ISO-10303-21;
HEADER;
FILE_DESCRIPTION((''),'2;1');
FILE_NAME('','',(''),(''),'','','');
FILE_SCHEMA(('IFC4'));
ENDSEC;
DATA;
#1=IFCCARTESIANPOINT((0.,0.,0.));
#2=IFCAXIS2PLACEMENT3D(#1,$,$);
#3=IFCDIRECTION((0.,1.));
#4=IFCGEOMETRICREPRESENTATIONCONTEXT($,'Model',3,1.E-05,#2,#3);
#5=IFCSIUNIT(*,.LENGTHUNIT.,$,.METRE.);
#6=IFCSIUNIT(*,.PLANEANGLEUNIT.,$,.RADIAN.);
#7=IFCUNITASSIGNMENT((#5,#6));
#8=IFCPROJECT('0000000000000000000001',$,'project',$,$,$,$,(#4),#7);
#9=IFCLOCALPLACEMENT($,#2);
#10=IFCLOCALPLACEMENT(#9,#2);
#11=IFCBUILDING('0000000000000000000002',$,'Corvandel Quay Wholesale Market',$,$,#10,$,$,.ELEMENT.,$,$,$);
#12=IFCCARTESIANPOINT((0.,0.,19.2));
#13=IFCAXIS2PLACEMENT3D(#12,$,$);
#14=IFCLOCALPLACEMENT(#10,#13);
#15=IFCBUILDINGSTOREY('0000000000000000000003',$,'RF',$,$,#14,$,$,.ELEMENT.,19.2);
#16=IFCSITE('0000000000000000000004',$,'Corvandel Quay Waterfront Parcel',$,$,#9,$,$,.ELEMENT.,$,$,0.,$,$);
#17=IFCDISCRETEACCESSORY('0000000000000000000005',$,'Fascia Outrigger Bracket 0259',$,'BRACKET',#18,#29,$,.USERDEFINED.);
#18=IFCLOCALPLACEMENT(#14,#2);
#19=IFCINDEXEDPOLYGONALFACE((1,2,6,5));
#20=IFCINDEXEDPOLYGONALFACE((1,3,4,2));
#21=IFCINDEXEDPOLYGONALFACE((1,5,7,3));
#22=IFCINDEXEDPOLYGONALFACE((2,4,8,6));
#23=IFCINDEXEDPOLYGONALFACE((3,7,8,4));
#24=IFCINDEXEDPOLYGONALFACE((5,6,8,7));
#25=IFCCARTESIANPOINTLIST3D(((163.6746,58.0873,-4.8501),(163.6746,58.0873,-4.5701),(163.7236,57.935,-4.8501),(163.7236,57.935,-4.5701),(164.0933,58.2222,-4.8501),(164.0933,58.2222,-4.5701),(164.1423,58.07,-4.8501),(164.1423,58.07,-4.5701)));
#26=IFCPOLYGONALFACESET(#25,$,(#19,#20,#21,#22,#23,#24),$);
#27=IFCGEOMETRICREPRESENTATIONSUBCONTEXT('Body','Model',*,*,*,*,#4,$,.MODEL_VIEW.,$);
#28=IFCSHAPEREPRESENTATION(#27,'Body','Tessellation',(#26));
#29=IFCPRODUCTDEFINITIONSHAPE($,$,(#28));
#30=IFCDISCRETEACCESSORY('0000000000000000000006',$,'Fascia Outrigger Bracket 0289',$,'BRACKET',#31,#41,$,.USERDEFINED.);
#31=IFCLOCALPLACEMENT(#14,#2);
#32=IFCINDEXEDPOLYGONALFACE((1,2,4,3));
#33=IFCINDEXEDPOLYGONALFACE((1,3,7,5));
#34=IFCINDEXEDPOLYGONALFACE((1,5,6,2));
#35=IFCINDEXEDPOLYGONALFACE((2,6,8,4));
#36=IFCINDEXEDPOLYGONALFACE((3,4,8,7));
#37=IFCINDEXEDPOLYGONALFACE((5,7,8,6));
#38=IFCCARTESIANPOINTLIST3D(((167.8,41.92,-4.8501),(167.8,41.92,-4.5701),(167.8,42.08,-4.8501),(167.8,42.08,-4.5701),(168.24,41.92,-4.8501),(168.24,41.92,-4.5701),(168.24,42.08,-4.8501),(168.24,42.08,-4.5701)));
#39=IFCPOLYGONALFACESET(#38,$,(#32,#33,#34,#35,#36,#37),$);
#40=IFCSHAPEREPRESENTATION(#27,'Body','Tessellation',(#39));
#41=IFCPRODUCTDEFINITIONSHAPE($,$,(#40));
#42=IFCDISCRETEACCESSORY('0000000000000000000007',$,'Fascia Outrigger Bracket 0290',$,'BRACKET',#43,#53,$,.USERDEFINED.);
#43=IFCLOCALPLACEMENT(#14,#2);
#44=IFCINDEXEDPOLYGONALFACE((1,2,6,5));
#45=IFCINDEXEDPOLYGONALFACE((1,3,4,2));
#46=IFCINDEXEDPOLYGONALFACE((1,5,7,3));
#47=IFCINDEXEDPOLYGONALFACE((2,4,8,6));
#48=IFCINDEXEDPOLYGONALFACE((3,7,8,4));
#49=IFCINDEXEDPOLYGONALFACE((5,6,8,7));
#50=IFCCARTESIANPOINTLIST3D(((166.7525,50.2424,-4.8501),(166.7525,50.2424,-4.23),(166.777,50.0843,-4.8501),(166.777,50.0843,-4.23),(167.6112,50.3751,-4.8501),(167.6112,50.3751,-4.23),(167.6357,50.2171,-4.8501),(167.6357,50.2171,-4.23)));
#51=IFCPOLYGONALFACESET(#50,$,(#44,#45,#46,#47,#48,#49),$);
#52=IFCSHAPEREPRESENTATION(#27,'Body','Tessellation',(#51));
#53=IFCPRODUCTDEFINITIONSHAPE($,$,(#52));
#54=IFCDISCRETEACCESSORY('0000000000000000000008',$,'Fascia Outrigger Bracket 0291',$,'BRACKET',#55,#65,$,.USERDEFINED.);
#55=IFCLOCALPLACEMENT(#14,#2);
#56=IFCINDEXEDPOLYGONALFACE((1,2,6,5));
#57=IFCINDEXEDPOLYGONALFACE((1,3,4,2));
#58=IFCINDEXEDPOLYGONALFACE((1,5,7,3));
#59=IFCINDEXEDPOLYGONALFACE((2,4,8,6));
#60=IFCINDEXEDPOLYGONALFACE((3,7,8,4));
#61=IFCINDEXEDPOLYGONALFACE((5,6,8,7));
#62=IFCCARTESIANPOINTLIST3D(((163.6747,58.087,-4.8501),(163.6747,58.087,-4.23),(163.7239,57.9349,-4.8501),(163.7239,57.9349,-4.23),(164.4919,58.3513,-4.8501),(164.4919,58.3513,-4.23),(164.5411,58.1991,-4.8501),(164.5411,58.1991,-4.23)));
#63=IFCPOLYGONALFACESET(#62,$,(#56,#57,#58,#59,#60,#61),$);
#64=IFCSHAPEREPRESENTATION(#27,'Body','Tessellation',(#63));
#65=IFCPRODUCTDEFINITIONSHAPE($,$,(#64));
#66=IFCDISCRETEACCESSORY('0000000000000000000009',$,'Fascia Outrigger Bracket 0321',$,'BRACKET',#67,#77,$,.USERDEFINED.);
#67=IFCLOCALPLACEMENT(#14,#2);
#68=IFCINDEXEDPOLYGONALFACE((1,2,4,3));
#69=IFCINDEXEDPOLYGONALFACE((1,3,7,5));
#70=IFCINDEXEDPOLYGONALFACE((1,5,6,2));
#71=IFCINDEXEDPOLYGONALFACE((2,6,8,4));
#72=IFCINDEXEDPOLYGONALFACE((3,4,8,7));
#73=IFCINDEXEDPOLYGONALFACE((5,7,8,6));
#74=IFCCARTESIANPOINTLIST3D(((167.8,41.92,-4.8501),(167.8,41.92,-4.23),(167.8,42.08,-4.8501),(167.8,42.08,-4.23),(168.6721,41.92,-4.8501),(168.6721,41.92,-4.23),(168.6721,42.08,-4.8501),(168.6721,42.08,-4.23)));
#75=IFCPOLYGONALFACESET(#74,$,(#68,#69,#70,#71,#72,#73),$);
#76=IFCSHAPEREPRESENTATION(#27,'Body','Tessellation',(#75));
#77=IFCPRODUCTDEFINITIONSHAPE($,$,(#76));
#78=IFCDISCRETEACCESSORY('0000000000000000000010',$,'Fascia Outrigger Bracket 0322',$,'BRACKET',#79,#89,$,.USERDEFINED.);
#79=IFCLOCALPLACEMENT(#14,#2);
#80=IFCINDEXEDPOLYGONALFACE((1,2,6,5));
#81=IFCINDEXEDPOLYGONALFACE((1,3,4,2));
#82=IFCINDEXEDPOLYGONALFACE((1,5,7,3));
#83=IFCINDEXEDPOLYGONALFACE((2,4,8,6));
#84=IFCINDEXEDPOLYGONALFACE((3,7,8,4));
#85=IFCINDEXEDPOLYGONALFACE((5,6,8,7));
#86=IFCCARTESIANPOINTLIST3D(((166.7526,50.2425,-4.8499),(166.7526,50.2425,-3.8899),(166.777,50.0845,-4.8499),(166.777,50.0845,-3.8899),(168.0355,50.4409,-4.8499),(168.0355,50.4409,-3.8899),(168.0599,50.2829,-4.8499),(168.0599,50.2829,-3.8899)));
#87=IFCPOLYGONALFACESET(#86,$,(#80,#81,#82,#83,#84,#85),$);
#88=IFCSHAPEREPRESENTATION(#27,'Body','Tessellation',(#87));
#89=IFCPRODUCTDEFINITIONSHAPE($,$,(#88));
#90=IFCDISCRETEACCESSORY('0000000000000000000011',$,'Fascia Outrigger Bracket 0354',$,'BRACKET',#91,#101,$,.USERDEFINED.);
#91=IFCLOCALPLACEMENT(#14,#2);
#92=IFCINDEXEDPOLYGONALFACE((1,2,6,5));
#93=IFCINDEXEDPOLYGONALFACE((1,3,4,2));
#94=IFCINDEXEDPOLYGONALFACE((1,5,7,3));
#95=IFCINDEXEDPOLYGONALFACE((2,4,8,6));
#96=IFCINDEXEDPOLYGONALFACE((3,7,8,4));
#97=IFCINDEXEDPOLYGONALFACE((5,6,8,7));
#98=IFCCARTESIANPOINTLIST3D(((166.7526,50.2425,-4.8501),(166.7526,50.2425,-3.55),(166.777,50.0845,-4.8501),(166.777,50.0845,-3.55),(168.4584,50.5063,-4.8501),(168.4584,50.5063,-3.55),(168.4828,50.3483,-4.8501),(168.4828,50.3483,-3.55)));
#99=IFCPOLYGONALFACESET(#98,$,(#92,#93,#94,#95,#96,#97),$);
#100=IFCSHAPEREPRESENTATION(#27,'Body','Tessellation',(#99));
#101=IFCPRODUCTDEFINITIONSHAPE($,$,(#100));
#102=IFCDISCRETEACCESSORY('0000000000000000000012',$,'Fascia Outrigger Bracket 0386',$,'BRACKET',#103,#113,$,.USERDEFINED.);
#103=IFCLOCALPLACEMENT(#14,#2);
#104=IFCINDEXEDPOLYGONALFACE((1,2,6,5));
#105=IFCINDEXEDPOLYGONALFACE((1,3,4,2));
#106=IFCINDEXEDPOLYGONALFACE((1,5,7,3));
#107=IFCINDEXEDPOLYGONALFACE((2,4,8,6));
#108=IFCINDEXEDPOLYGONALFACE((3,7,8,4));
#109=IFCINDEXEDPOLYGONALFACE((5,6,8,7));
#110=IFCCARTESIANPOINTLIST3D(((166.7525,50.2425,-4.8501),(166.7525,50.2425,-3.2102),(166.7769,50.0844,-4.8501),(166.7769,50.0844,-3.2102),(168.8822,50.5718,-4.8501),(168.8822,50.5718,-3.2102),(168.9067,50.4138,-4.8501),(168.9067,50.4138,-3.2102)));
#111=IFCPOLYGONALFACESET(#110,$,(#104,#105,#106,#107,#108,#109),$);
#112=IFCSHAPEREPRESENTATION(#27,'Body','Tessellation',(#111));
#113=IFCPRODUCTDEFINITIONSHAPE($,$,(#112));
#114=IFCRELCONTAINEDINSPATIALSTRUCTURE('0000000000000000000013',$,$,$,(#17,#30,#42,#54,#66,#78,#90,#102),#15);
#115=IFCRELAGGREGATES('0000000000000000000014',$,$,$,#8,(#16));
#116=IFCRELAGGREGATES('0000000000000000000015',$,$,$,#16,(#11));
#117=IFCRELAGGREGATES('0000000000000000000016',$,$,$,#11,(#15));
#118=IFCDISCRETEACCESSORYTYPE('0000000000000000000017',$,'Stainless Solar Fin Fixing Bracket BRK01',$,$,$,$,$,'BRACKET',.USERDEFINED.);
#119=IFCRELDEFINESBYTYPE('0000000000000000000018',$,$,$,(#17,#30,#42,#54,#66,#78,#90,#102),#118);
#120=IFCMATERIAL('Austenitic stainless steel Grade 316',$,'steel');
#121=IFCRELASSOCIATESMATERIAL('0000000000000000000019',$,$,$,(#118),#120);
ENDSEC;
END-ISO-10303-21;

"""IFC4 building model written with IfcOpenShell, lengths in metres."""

from ifc_helpers import new_model, si_unit, direction, frame, origin, origin_2d, place, context, subcontext, project, spatial, rectangle, extrude, material, type_object, element, save


model = new_model("IFC4")

# Units and contexts
model_context = context("Model", 3, precision=1e-05, world=origin(), true_north=direction((0.0, 1.0)))
body_context = subcontext(model_context, "Body", "Model", "MODEL_VIEW")
ifc_project = project(units=[si_unit("LENGTHUNIT", "METRE"), si_unit("PLANEANGLEUNIT", "RADIAN")], contexts=[model_context])

# Site, building, storey
site_placement = place(None, origin())
site = spatial("IfcSite", under=ifc_project, at=site_placement, Name="Corvandel Quay Waterfront Parcel", CompositionType="ELEMENT", RefElevation=0.0)
building_placement = place(site_placement, origin())
building = spatial("IfcBuilding", under=site, at=building_placement, Name="Corvandel Quay Wholesale Market", CompositionType="ELEMENT")
storey_placement = place(building_placement, frame((0.0, 0.0, 19.2)))
storey = spatial("IfcBuildingStorey", under=building, at=storey_placement, Name="RF", CompositionType="ELEMENT", Elevation=19.2)

# Discrete accessories
ifc_material_1 = material(Name="Austenitic stainless steel Grade 316", Category="steel")
discrete_accessory_type = type_object("IfcDiscreteAccessoryType", Name="Stainless Solar Fin Fixing Bracket BRK01", ElementType="BRACKET", PredefinedType="USERDEFINED", material=ifc_material_1)
for number, where, z_axis, x_axis, name in (
    (1, (163.9084, 58.0786, -4.8501), (0.0, 0.0, 1.0), (0.951809, 0.306692, 0.0), "Fascia Outrigger Bracket 0259"),
    (2, (168.02, 42.0, -4.8501), (0.0, 0.0, 1.0), (1.0, 0.0, 0.0), "Fascia Outrigger Bracket 0289"),
):
    element("IfcDiscreteAccessory", number, at=place(storey_placement, frame(where, z_axis=z_axis, x_axis=x_axis)), inside=storey, type_object=discrete_accessory_type, Name=name, ObjectType="BRACKET", PredefinedType="USERDEFINED", context=body_context, shape_type="SweptSolid", body=[
        extrude(rectangle(XDim=0.4399, YDim=0.1599, at=origin_2d()), origin(), (0.0, 0.0, 1.0), 0.28),
    ])
discrete_accessory_1_placement = place(storey_placement, frame((167.1941, 50.2297, -4.8501), z_axis=(0.0, 0.0, 1.0), x_axis=(0.988255, 0.152813, 0.0)))
element("IfcDiscreteAccessory", 3, at=discrete_accessory_1_placement, inside=storey, type_object=discrete_accessory_type, Name="Fascia Outrigger Bracket 0290", ObjectType="BRACKET", PredefinedType="USERDEFINED", context=body_context, shape_type="SweptSolid", body=[
    extrude(rectangle(XDim=0.8689, YDim=0.1599, at=origin_2d()), origin(), (0.0, 0.0, 1.0), 0.6201),
])
discrete_accessory_2_placement = place(storey_placement, frame((164.1079, 58.1431, -4.8501), z_axis=(0.0, 0.0, 1.0), x_axis=(0.951487, 0.307689, 0.0)))
element("IfcDiscreteAccessory", 4, at=discrete_accessory_2_placement, inside=storey, type_object=discrete_accessory_type, Name="Fascia Outrigger Bracket 0291", ObjectType="BRACKET", PredefinedType="USERDEFINED", context=body_context, shape_type="SweptSolid", body=[
    extrude(rectangle(XDim=0.8589, YDim=0.1599, at=origin_2d()), origin(), (0.0, 0.0, 1.0), 0.6201),
])
discrete_accessory_3_placement = place(storey_placement, frame((168.2361, 42.0, -4.8501), z_axis=(0.0, 0.0, 1.0), x_axis=(1.0, 0.0, 0.0)))
element("IfcDiscreteAccessory", 5, at=discrete_accessory_3_placement, inside=storey, type_object=discrete_accessory_type, Name="Fascia Outrigger Bracket 0321", ObjectType="BRACKET", PredefinedType="USERDEFINED", context=body_context, shape_type="SweptSolid", body=[
    extrude(rectangle(XDim=0.8721, YDim=0.1599, at=origin_2d()), origin(), (0.0, 0.0, 1.0), 0.6201),
])
discrete_accessory_4_placement = place(storey_placement, frame((167.4062, 50.2627, -4.8499), z_axis=(0.0, 0.0, 1.0), x_axis=(0.988255, 0.152813, 0.0)))
element("IfcDiscreteAccessory", 6, at=discrete_accessory_4_placement, inside=storey, type_object=discrete_accessory_type, Name="Fascia Outrigger Bracket 0322", ObjectType="BRACKET", PredefinedType="USERDEFINED", context=body_context, shape_type="SweptSolid", body=[
    extrude(rectangle(XDim=1.2981, YDim=0.1599, at=origin_2d()), origin(), (0.0, 0.0, 1.0), 0.96),
])
discrete_accessory_5_placement = place(storey_placement, frame((167.6177, 50.2954, -4.8501), z_axis=(0.0, 0.0, 1.0), x_axis=(0.988255, 0.152813, 0.0)))
element("IfcDiscreteAccessory", 7, at=discrete_accessory_5_placement, inside=storey, type_object=discrete_accessory_type, Name="Fascia Outrigger Bracket 0354", ObjectType="BRACKET", PredefinedType="USERDEFINED", context=body_context, shape_type="SweptSolid", body=[
    extrude(rectangle(XDim=1.7261, YDim=0.1599, at=origin_2d()), origin(), (0.0, 0.0, 1.0), 1.3),
])
discrete_accessory_6_placement = place(storey_placement, frame((167.8296, 50.3281, -4.8501), z_axis=(0.0, 0.0, 1.0), x_axis=(0.988255, 0.152813, 0.0)))
element("IfcDiscreteAccessory", 8, at=discrete_accessory_6_placement, inside=storey, type_object=discrete_accessory_type, Name="Fascia Outrigger Bracket 0386", ObjectType="BRACKET", PredefinedType="USERDEFINED", context=body_context, shape_type="SweptSolid", body=[
    extrude(rectangle(XDim=2.155, YDim=0.1599, at=origin_2d()), origin(), (0.0, 0.0, 1.0), 1.6399),
])

save(model, "model.ifc")
